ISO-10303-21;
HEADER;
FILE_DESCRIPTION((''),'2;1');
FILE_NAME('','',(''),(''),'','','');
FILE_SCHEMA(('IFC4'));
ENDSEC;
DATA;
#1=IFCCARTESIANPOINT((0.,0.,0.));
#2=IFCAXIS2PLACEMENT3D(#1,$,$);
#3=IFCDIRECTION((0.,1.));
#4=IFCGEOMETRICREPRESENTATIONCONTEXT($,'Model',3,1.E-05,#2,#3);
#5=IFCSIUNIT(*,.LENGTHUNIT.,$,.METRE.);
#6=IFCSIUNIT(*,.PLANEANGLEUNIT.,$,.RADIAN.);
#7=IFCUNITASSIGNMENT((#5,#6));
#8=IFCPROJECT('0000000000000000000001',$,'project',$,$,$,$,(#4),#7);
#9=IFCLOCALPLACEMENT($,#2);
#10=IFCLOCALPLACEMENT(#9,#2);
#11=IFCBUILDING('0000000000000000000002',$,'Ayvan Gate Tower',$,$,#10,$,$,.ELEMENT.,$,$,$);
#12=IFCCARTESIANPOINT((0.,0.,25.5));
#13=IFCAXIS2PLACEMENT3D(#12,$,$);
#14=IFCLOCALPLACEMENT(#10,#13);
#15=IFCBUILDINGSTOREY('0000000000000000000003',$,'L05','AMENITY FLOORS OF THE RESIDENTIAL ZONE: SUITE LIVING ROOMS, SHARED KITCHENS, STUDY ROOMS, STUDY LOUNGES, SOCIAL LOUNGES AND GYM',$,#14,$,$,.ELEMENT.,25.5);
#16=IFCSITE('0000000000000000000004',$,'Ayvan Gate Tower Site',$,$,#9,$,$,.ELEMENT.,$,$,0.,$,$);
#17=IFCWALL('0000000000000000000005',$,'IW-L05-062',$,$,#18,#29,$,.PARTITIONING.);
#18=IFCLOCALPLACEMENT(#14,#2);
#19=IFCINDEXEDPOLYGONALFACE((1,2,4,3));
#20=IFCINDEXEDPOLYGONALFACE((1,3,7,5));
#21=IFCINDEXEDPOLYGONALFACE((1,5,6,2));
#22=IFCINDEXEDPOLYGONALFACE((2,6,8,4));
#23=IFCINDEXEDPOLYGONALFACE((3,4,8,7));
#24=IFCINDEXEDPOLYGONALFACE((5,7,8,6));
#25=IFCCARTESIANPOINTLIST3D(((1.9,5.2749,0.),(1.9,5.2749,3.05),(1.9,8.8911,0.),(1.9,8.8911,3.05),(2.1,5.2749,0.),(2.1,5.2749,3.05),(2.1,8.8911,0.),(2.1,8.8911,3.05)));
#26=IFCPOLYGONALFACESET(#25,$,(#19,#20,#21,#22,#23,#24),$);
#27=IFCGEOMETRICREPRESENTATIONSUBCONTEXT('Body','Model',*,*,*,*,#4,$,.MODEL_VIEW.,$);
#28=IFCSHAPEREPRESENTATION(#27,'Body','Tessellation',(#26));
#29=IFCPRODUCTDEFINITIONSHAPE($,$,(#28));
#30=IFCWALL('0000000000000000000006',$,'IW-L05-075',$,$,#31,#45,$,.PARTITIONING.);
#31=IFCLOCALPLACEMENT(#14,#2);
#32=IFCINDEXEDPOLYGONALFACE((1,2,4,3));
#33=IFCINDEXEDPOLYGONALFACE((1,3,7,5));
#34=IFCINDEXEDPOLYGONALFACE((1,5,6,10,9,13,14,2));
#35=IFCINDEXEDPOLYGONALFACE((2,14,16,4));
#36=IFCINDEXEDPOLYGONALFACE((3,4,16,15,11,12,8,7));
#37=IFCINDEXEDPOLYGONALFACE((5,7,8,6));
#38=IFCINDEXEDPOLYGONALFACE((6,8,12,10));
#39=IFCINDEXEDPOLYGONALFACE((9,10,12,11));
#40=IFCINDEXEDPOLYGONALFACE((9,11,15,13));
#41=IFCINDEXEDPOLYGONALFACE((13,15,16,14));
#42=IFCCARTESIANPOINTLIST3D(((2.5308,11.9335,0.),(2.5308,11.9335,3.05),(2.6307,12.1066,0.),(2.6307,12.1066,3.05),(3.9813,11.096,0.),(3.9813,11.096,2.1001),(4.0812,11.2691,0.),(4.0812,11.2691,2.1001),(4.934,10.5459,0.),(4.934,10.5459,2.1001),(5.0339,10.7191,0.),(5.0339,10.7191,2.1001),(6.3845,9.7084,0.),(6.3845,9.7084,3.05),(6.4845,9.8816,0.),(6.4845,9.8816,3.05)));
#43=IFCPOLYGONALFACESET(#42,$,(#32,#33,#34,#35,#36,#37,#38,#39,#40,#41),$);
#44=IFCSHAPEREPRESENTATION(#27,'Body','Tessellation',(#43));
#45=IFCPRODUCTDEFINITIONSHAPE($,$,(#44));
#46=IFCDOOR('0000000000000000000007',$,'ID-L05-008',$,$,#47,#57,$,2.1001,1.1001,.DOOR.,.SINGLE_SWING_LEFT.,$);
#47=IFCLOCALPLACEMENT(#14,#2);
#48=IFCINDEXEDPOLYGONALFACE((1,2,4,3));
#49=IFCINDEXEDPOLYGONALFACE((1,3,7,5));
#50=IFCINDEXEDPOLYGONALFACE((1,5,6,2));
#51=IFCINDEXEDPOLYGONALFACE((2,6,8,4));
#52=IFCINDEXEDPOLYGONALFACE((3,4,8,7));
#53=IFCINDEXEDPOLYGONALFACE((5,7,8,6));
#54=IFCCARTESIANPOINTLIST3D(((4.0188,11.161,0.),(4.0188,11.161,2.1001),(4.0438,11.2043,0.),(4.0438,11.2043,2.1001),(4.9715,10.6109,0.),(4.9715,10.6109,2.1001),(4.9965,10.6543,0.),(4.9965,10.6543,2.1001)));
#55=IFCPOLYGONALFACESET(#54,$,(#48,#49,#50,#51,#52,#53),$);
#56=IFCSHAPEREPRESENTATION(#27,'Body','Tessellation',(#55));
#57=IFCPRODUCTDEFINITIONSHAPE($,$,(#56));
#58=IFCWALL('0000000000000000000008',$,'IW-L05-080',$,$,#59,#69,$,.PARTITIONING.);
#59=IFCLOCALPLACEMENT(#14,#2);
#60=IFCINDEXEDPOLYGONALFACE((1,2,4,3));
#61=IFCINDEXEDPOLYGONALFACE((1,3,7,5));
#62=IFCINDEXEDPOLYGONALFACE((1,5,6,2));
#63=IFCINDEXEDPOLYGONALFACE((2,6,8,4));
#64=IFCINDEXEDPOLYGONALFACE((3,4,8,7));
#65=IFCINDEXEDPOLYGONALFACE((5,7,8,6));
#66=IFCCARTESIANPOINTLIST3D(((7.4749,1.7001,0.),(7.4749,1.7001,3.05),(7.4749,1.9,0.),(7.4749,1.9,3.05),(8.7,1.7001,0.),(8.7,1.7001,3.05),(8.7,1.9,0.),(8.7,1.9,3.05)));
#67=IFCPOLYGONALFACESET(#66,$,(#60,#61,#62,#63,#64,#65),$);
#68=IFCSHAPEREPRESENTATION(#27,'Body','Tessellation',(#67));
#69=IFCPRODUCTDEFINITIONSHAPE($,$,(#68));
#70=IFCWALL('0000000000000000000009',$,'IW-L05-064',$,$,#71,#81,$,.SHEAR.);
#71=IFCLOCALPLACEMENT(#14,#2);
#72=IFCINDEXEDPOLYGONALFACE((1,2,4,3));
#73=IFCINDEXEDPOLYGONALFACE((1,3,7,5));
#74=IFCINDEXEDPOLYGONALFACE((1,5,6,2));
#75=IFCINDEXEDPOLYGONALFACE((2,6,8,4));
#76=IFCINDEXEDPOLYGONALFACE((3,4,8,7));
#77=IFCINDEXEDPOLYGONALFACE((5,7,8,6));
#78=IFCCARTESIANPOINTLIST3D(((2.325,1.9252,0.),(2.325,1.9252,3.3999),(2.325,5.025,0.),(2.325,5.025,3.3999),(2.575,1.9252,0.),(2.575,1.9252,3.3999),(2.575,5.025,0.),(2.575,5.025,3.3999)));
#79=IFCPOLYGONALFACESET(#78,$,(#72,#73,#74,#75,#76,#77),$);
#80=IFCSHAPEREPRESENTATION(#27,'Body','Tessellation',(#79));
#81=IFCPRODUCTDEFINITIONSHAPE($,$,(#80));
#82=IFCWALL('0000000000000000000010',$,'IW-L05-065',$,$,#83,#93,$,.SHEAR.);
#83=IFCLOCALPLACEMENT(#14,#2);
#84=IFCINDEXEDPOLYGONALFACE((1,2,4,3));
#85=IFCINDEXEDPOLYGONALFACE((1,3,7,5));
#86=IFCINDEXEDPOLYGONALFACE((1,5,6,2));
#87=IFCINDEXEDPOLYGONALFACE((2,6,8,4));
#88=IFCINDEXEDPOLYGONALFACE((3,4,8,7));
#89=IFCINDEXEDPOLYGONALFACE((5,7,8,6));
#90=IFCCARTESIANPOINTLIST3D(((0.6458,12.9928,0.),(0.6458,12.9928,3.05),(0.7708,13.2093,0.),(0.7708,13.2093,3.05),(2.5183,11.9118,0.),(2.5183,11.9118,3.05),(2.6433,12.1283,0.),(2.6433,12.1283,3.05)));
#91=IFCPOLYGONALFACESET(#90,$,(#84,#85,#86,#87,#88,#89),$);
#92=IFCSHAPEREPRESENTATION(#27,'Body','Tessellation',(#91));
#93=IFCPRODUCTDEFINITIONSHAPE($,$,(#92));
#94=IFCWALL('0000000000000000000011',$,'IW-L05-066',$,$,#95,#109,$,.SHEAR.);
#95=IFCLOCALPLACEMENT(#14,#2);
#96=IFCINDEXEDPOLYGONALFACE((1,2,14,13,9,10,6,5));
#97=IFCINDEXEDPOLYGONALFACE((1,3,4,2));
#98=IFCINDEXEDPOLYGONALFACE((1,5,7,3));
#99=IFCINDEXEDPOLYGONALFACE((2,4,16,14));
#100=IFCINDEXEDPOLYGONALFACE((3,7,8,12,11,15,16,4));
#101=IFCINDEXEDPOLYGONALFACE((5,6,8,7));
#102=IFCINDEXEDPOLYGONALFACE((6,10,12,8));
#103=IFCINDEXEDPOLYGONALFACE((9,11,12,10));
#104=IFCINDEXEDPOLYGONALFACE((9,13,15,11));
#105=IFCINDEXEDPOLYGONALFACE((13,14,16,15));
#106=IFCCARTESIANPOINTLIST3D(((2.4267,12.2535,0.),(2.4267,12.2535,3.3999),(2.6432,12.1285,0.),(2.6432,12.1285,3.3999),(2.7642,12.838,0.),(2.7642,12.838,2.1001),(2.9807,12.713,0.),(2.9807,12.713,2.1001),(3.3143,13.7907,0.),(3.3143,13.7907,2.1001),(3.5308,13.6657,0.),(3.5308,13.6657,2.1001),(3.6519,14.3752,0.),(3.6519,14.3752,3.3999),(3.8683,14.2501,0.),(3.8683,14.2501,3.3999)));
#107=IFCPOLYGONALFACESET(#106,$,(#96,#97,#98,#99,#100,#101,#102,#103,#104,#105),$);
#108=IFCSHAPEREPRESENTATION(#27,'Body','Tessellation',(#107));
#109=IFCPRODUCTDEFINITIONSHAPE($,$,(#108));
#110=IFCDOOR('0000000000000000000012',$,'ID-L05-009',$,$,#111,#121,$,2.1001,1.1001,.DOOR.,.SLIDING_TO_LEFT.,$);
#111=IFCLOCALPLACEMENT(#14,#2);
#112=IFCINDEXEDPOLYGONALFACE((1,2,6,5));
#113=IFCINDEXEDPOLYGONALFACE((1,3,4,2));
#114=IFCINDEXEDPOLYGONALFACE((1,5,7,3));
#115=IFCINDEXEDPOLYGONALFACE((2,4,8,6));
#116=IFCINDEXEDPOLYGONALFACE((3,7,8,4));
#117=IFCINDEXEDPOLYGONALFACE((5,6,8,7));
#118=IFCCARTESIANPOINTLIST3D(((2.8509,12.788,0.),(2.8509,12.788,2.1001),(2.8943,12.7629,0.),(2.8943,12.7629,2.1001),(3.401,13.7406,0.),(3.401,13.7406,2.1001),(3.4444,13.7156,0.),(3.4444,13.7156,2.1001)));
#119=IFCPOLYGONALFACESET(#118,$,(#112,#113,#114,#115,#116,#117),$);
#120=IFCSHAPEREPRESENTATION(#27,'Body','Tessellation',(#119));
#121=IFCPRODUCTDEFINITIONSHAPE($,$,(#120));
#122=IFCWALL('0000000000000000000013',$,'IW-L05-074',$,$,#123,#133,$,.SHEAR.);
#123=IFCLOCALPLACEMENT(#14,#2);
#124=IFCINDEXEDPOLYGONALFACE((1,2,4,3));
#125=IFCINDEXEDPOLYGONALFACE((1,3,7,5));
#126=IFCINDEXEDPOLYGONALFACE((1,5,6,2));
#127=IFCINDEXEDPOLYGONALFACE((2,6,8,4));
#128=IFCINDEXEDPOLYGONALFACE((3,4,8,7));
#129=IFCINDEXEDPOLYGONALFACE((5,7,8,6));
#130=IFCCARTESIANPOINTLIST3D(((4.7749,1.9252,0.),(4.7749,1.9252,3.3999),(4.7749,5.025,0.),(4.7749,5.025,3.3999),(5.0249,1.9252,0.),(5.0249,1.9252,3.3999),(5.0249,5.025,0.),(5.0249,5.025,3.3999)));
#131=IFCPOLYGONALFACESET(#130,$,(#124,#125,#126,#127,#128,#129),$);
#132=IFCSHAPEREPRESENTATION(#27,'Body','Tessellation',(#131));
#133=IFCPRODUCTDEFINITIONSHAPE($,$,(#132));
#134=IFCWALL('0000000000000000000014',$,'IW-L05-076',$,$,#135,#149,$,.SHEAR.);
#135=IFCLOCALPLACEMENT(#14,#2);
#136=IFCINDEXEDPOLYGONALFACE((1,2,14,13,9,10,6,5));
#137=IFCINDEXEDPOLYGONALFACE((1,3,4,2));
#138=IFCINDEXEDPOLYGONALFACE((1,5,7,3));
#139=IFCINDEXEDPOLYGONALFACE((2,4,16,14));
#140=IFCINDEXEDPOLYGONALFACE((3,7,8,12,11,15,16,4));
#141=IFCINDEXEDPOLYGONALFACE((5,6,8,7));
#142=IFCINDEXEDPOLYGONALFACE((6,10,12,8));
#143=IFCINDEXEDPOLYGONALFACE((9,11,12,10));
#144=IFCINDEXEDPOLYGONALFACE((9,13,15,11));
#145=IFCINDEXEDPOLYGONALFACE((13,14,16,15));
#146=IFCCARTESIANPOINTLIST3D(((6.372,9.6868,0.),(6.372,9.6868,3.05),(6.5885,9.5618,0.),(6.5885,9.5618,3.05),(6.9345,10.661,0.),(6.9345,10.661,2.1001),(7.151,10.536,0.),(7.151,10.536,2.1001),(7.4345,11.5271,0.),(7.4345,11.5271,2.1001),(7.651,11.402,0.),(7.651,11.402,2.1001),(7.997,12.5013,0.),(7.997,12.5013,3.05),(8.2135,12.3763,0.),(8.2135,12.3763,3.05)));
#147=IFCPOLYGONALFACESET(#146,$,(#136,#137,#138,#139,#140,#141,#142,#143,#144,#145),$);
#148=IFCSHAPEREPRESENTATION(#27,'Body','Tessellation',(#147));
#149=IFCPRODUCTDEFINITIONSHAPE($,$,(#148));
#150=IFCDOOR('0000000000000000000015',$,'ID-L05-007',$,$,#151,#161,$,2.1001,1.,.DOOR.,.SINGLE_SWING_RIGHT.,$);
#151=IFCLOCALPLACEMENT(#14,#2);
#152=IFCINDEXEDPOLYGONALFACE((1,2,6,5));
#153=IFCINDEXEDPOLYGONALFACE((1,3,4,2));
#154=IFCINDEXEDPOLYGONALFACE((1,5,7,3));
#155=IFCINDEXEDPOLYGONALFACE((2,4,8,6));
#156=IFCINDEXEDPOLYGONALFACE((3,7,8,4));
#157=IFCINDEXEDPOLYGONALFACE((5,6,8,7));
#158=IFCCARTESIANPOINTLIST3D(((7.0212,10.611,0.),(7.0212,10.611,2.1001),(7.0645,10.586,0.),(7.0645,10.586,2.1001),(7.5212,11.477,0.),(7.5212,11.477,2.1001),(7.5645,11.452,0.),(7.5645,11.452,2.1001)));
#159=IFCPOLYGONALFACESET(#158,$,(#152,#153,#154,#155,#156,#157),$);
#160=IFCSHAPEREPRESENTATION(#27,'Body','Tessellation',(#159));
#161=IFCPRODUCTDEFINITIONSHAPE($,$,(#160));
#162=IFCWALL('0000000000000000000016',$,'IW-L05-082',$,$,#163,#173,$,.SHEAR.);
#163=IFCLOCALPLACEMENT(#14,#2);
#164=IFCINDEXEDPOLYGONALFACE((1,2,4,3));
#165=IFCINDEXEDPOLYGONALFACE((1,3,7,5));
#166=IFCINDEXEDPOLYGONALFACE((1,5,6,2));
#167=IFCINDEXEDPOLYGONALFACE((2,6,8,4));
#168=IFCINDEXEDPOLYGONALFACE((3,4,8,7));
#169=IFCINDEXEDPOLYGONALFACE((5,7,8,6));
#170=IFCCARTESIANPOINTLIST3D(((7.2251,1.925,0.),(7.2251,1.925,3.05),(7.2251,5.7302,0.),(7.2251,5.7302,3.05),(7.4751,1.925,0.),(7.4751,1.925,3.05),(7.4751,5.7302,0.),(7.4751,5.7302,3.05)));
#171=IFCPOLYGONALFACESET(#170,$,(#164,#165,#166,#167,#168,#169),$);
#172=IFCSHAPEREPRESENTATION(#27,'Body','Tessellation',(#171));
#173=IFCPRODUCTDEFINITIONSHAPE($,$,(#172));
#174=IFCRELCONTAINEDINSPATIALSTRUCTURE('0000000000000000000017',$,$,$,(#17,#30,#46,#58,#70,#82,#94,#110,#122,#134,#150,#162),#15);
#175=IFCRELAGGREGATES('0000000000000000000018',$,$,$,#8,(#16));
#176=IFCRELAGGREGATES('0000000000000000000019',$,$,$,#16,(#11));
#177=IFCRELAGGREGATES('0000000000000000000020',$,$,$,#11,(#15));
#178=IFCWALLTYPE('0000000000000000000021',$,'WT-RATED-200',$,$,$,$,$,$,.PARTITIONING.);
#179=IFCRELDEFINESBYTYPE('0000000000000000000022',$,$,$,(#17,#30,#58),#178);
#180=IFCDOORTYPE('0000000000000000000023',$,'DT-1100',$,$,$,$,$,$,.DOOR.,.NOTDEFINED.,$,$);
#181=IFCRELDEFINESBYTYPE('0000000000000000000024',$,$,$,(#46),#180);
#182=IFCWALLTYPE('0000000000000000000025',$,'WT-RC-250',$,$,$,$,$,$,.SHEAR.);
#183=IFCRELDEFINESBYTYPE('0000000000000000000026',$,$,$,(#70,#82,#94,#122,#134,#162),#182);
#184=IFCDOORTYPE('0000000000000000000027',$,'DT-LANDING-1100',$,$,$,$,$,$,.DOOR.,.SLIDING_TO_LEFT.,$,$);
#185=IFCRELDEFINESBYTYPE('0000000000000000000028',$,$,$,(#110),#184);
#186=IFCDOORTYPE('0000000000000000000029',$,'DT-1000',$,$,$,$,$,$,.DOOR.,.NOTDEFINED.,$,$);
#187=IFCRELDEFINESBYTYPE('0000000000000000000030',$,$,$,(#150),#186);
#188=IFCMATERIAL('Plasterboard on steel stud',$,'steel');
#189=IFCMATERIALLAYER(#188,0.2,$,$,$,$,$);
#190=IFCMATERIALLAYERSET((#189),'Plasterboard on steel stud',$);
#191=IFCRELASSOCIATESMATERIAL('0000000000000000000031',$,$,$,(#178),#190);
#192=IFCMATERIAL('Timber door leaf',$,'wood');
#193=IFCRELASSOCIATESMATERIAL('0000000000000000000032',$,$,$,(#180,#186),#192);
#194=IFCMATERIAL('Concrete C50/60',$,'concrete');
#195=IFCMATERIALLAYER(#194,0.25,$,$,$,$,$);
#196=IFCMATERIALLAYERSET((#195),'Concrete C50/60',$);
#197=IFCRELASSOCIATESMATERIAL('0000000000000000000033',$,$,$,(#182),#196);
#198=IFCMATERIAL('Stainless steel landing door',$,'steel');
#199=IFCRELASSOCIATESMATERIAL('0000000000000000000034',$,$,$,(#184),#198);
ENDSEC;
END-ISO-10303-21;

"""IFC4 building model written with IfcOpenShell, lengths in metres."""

from ifc_helpers import new_model, si_unit, direction, frame, frame_2d, origin, place, context, subcontext, project, spatial, rectangle, extrude, material, layer, layer_set, type_object, element, fill, save


model = new_model("IFC4")

# Units and contexts
model_context = context("Model", 3, precision=1e-05, world=origin(), true_north=direction((0.0, 1.0)))
body_context = subcontext(model_context, "Body", "Model", "MODEL_VIEW")
ifc_project = project(units=[si_unit("LENGTHUNIT", "METRE"), si_unit("PLANEANGLEUNIT", "RADIAN")], contexts=[model_context])

# Site, building, storey
site_placement = place(None, origin())
site = spatial("IfcSite", under=ifc_project, at=site_placement, Name="Ayvan Gate Tower Site", CompositionType="ELEMENT", RefElevation=0.0)
building_placement = place(site_placement, origin())
building = spatial("IfcBuilding", under=site, at=building_placement, Name="Ayvan Gate Tower", CompositionType="ELEMENT")
storey_placement = place(building_placement, frame((0.0, 0.0, 25.5)))
storey = spatial("IfcBuildingStorey", under=building, at=storey_placement, Name="L05", Description="AMENITY FLOORS OF THE RESIDENTIAL ZONE: SUITE LIVING ROOMS, SHARED KITCHENS, STUDY ROOMS, STUDY LOUNGES, SOCIAL LOUNGES AND GYM", CompositionType="ELEMENT", Elevation=25.5)

# Wall
ifc_material_1 = material(Name="Plasterboard on steel stud", Category="steel")
ifc_layer_1 = layer(ifc_material_1, 0.2)
ifc_layer_set_1 = layer_set([ifc_layer_1], Name="Plasterboard on steel stud")
wall_type_1 = type_object("IfcWallType", Name="WT-RATED-200", PredefinedType="PARTITIONING", material=ifc_layer_set_1)
wall_1_placement = place(storey_placement, frame((2.0, 8.8911, 0.0), z_axis=(0.0, 0.0, 1.0), x_axis=(0.0, -1.0, 0.0)))
element("IfcWall", 1, at=wall_1_placement, inside=storey, type_object=wall_type_1, Name="IW-L05-062", PredefinedType="PARTITIONING", context=body_context, shape_type="SweptSolid", body=[
    extrude(rectangle(XDim=3.6162, YDim=0.2, at=frame_2d((1.8081, 0.0))), origin(), (0.0, 0.0, 1.0), 3.05),
])

# Wall, opening, door
wall_2_placement = place(storey_placement, frame((6.4346, 9.7949, 0.0), z_axis=(0.0, 0.0, 1.0), x_axis=(-0.866013, 0.500022, 0.0)))
wall_2 = element("IfcWall", 2, at=wall_2_placement, inside=storey, type_object=wall_type_1, Name="IW-L05-075", PredefinedType="PARTITIONING", context=body_context, shape_type="SweptSolid", body=[
    extrude(rectangle(XDim=4.45, YDim=0.2, at=frame_2d((2.2251, 0.0))), origin(), (0.0, 0.0, 1.0), 3.05),
])
opening_1_placement = place(wall_2_placement, frame((1.675, 0.0, 0.0)))
opening_1 = element("IfcOpeningElement", 3, at=opening_1_placement, cuts=wall_2, PredefinedType="OPENING", context=body_context, shape_type="SweptSolid", body=[
    extrude(rectangle(XDim=1.1001, YDim=2.1001, at=frame_2d((0.55, 1.05))), frame((0.0, 0.1099, 0.0), z_axis=(0.0, -1.0, 0.0), x_axis=(1.0, 0.0, 0.0)), (0.0, 0.0, 1.0), 0.22),
])
ifc_material_2 = material(Name="Timber door leaf", Category="wood")
door_type_1 = type_object("IfcDoorType", Name="DT-1100", OperationType="NOTDEFINED", PredefinedType="DOOR", material=ifc_material_2)
door_1_placement = place(opening_1_placement, origin())
door_1 = element("IfcDoor", 4, at=door_1_placement, inside=storey, type_object=door_type_1, Name="ID-L05-008", OperationType="SINGLE_SWING_LEFT", OverallHeight=2.1001, OverallWidth=1.1001, PredefinedType="DOOR", context=body_context, shape_type="SweptSolid", body=[
    extrude(rectangle(XDim=1.1001, YDim=2.1001, at=frame_2d((0.55, 1.05))), frame((0.0, 0.0249, 0.0), z_axis=(0.0, -1.0, 0.0), x_axis=(1.0, 0.0, 0.0)), (0.0, 0.0, 1.0), 0.05),
])
fill(opening_1, door_1)

# Walls
wall_3_placement = place(storey_placement, frame((7.4749, 1.8, 0.0), z_axis=(0.0, 0.0, 1.0), x_axis=(1.0, 0.0, 0.0)))
element("IfcWall", 5, at=wall_3_placement, inside=storey, type_object=wall_type_1, Name="IW-L05-080", PredefinedType="PARTITIONING", context=body_context, shape_type="SweptSolid", body=[
    extrude(rectangle(XDim=1.2251, YDim=0.2, at=frame_2d((0.6125, 0.0))), origin(), (0.0, 0.0, 1.0), 3.05),
])
ifc_material_3 = material(Name="Concrete C50/60", Category="concrete")
ifc_layer_2 = layer(ifc_material_3, 0.25)
ifc_layer_set_2 = layer_set([ifc_layer_2], Name="Concrete C50/60")
wall_type_2 = type_object("IfcWallType", Name="WT-RC-250", PredefinedType="SHEAR", material=ifc_layer_set_2)
wall_4_placement = place(storey_placement, frame((2.45, 5.0249, 0.0), z_axis=(0.0, 0.0, 1.0), x_axis=(0.0, -1.0, 0.0)))
element("IfcWall", 6, at=wall_4_placement, inside=storey, type_object=wall_type_2, Name="IW-L05-064", PredefinedType="SHEAR", context=body_context, shape_type="SweptSolid", body=[
    extrude(rectangle(XDim=3.0999, YDim=0.25, at=frame_2d((1.5498, 0.0))), origin(), (0.0, 0.0, 1.0), 3.3999),
])
wall_5_placement = place(storey_placement, frame((2.5808, 12.02, 0.0), z_axis=(0.0, 0.0, 1.0), x_axis=(-0.866039, 0.499977, 0.0)))
element("IfcWall", 7, at=wall_5_placement, inside=storey, type_object=wall_type_2, Name="IW-L05-065", PredefinedType="SHEAR", context=body_context, shape_type="SweptSolid", body=[
    extrude(rectangle(XDim=2.1621, YDim=0.25, at=frame_2d((1.0811, 0.0))), origin(), (0.0, 0.0, 1.0), 3.05),
])

# Wall, opening, door
wall_6_placement = place(storey_placement, frame((2.5349, 12.1909, 0.0), z_axis=(0.0, 0.0, 1.0), x_axis=(0.500062, 0.86599, 0.0)))
wall_6 = element("IfcWall", 8, at=wall_6_placement, inside=storey, type_object=wall_type_2, Name="IW-L05-066", PredefinedType="SHEAR", context=body_context, shape_type="SweptSolid", body=[
    extrude(rectangle(XDim=2.45, YDim=0.25, at=frame_2d((1.2251, 0.0))), origin(), (0.0, 0.0, 1.0), 3.3999),
])
opening_2_placement = place(wall_6_placement, frame((0.675, 0.0, 0.0)))
opening_2 = element("IfcOpeningElement", 9, at=opening_2_placement, cuts=wall_6, PredefinedType="OPENING", context=body_context, shape_type="SweptSolid", body=[
    extrude(rectangle(XDim=1.1001, YDim=2.1001, at=frame_2d((0.55, 1.05))), frame((0.0, 0.135, 0.0), z_axis=(0.0, -1.0, 0.0), x_axis=(1.0, 0.0, 0.0)), (0.0, 0.0, 1.0), 0.27),
])
ifc_material_4 = material(Name="Stainless steel landing door", Category="steel")
door_type_2 = type_object("IfcDoorType", Name="DT-LANDING-1100", OperationType="SLIDING_TO_LEFT", PredefinedType="DOOR", material=ifc_material_4)
door_2_placement = place(opening_2_placement, origin())
door_2 = element("IfcDoor", 10, at=door_2_placement, inside=storey, type_object=door_type_2, Name="ID-L05-009", OperationType="SLIDING_TO_LEFT", OverallHeight=2.1001, OverallWidth=1.1001, PredefinedType="DOOR", context=body_context, shape_type="SweptSolid", body=[
    extrude(rectangle(XDim=1.1001, YDim=2.1001, at=frame_2d((0.55, 1.05))), frame((0.0, 0.0249, 0.0), z_axis=(0.0, -1.0, 0.0), x_axis=(1.0, 0.0, 0.0)), (0.0, 0.0, 1.0), 0.05),
])
fill(opening_2, door_2)

# Wall
wall_7_placement = place(storey_placement, frame((4.8999, 5.0249, 0.0), z_axis=(0.0, 0.0, 1.0), x_axis=(0.0, -1.0, 0.0)))
element("IfcWall", 11, at=wall_7_placement, inside=storey, type_object=wall_type_2, Name="IW-L05-074", PredefinedType="SHEAR", context=body_context, shape_type="SweptSolid", body=[
    extrude(rectangle(XDim=3.0999, YDim=0.25, at=frame_2d((1.5498, 0.0))), origin(), (0.0, 0.0, 1.0), 3.3999),
])

# Wall, opening, door
wall_8_placement = place(storey_placement, frame((6.4802, 9.6243, 0.0), z_axis=(0.0, 0.0, 1.0), x_axis=(0.500017, 0.866015, 0.0)))
wall_8 = element("IfcWall", 12, at=wall_8_placement, inside=storey, type_object=wall_type_2, Name="IW-L05-076", PredefinedType="SHEAR", context=body_context, shape_type="SweptSolid", body=[
    extrude(rectangle(XDim=3.25, YDim=0.25, at=frame_2d((1.625, 0.0))), origin(), (0.0, 0.0, 1.0), 3.05),
])
opening_3_placement = place(wall_8_placement, frame((1.125, 0.0, 0.0)))
opening_3 = element("IfcOpeningElement", 13, at=opening_3_placement, cuts=wall_8, PredefinedType="OPENING", context=body_context, shape_type="SweptSolid", body=[
    extrude(rectangle(XDim=1.0, YDim=2.1001, at=frame_2d((0.5, 1.05))), frame((0.0, 0.135, 0.0), z_axis=(0.0, -1.0, 0.0), x_axis=(1.0, 0.0, 0.0)), (0.0, 0.0, 1.0), 0.27),
])
door_type_3 = type_object("IfcDoorType", Name="DT-1000", OperationType="NOTDEFINED", PredefinedType="DOOR", material=ifc_material_2)
door_3_placement = place(opening_3_placement, origin())
door_3 = element("IfcDoor", 14, at=door_3_placement, inside=storey, type_object=door_type_3, Name="ID-L05-007", OperationType="SINGLE_SWING_RIGHT", OverallHeight=2.1001, OverallWidth=1.0, PredefinedType="DOOR", context=body_context, shape_type="SweptSolid", body=[
    extrude(rectangle(XDim=1.0, YDim=2.1001, at=frame_2d((0.5, 1.05))), frame((0.0, 0.0249, 0.0), z_axis=(0.0, -1.0, 0.0), x_axis=(1.0, 0.0, 0.0)), (0.0, 0.0, 1.0), 0.05),
])
fill(opening_3, door_3)

# Wall
wall_9_placement = place(storey_placement, frame((7.3501, 5.7302, 0.0), z_axis=(0.0, 0.0, 1.0), x_axis=(0.0, -1.0, 0.0)))
element("IfcWall", 15, at=wall_9_placement, inside=storey, type_object=wall_type_2, Name="IW-L05-082", PredefinedType="SHEAR", context=body_context, shape_type="SweptSolid", body=[
    extrude(rectangle(XDim=3.8052, YDim=0.25, at=frame_2d((1.9026, 0.0))), origin(), (0.0, 0.0, 1.0), 3.05),
])

save(model, "model.ifc")
